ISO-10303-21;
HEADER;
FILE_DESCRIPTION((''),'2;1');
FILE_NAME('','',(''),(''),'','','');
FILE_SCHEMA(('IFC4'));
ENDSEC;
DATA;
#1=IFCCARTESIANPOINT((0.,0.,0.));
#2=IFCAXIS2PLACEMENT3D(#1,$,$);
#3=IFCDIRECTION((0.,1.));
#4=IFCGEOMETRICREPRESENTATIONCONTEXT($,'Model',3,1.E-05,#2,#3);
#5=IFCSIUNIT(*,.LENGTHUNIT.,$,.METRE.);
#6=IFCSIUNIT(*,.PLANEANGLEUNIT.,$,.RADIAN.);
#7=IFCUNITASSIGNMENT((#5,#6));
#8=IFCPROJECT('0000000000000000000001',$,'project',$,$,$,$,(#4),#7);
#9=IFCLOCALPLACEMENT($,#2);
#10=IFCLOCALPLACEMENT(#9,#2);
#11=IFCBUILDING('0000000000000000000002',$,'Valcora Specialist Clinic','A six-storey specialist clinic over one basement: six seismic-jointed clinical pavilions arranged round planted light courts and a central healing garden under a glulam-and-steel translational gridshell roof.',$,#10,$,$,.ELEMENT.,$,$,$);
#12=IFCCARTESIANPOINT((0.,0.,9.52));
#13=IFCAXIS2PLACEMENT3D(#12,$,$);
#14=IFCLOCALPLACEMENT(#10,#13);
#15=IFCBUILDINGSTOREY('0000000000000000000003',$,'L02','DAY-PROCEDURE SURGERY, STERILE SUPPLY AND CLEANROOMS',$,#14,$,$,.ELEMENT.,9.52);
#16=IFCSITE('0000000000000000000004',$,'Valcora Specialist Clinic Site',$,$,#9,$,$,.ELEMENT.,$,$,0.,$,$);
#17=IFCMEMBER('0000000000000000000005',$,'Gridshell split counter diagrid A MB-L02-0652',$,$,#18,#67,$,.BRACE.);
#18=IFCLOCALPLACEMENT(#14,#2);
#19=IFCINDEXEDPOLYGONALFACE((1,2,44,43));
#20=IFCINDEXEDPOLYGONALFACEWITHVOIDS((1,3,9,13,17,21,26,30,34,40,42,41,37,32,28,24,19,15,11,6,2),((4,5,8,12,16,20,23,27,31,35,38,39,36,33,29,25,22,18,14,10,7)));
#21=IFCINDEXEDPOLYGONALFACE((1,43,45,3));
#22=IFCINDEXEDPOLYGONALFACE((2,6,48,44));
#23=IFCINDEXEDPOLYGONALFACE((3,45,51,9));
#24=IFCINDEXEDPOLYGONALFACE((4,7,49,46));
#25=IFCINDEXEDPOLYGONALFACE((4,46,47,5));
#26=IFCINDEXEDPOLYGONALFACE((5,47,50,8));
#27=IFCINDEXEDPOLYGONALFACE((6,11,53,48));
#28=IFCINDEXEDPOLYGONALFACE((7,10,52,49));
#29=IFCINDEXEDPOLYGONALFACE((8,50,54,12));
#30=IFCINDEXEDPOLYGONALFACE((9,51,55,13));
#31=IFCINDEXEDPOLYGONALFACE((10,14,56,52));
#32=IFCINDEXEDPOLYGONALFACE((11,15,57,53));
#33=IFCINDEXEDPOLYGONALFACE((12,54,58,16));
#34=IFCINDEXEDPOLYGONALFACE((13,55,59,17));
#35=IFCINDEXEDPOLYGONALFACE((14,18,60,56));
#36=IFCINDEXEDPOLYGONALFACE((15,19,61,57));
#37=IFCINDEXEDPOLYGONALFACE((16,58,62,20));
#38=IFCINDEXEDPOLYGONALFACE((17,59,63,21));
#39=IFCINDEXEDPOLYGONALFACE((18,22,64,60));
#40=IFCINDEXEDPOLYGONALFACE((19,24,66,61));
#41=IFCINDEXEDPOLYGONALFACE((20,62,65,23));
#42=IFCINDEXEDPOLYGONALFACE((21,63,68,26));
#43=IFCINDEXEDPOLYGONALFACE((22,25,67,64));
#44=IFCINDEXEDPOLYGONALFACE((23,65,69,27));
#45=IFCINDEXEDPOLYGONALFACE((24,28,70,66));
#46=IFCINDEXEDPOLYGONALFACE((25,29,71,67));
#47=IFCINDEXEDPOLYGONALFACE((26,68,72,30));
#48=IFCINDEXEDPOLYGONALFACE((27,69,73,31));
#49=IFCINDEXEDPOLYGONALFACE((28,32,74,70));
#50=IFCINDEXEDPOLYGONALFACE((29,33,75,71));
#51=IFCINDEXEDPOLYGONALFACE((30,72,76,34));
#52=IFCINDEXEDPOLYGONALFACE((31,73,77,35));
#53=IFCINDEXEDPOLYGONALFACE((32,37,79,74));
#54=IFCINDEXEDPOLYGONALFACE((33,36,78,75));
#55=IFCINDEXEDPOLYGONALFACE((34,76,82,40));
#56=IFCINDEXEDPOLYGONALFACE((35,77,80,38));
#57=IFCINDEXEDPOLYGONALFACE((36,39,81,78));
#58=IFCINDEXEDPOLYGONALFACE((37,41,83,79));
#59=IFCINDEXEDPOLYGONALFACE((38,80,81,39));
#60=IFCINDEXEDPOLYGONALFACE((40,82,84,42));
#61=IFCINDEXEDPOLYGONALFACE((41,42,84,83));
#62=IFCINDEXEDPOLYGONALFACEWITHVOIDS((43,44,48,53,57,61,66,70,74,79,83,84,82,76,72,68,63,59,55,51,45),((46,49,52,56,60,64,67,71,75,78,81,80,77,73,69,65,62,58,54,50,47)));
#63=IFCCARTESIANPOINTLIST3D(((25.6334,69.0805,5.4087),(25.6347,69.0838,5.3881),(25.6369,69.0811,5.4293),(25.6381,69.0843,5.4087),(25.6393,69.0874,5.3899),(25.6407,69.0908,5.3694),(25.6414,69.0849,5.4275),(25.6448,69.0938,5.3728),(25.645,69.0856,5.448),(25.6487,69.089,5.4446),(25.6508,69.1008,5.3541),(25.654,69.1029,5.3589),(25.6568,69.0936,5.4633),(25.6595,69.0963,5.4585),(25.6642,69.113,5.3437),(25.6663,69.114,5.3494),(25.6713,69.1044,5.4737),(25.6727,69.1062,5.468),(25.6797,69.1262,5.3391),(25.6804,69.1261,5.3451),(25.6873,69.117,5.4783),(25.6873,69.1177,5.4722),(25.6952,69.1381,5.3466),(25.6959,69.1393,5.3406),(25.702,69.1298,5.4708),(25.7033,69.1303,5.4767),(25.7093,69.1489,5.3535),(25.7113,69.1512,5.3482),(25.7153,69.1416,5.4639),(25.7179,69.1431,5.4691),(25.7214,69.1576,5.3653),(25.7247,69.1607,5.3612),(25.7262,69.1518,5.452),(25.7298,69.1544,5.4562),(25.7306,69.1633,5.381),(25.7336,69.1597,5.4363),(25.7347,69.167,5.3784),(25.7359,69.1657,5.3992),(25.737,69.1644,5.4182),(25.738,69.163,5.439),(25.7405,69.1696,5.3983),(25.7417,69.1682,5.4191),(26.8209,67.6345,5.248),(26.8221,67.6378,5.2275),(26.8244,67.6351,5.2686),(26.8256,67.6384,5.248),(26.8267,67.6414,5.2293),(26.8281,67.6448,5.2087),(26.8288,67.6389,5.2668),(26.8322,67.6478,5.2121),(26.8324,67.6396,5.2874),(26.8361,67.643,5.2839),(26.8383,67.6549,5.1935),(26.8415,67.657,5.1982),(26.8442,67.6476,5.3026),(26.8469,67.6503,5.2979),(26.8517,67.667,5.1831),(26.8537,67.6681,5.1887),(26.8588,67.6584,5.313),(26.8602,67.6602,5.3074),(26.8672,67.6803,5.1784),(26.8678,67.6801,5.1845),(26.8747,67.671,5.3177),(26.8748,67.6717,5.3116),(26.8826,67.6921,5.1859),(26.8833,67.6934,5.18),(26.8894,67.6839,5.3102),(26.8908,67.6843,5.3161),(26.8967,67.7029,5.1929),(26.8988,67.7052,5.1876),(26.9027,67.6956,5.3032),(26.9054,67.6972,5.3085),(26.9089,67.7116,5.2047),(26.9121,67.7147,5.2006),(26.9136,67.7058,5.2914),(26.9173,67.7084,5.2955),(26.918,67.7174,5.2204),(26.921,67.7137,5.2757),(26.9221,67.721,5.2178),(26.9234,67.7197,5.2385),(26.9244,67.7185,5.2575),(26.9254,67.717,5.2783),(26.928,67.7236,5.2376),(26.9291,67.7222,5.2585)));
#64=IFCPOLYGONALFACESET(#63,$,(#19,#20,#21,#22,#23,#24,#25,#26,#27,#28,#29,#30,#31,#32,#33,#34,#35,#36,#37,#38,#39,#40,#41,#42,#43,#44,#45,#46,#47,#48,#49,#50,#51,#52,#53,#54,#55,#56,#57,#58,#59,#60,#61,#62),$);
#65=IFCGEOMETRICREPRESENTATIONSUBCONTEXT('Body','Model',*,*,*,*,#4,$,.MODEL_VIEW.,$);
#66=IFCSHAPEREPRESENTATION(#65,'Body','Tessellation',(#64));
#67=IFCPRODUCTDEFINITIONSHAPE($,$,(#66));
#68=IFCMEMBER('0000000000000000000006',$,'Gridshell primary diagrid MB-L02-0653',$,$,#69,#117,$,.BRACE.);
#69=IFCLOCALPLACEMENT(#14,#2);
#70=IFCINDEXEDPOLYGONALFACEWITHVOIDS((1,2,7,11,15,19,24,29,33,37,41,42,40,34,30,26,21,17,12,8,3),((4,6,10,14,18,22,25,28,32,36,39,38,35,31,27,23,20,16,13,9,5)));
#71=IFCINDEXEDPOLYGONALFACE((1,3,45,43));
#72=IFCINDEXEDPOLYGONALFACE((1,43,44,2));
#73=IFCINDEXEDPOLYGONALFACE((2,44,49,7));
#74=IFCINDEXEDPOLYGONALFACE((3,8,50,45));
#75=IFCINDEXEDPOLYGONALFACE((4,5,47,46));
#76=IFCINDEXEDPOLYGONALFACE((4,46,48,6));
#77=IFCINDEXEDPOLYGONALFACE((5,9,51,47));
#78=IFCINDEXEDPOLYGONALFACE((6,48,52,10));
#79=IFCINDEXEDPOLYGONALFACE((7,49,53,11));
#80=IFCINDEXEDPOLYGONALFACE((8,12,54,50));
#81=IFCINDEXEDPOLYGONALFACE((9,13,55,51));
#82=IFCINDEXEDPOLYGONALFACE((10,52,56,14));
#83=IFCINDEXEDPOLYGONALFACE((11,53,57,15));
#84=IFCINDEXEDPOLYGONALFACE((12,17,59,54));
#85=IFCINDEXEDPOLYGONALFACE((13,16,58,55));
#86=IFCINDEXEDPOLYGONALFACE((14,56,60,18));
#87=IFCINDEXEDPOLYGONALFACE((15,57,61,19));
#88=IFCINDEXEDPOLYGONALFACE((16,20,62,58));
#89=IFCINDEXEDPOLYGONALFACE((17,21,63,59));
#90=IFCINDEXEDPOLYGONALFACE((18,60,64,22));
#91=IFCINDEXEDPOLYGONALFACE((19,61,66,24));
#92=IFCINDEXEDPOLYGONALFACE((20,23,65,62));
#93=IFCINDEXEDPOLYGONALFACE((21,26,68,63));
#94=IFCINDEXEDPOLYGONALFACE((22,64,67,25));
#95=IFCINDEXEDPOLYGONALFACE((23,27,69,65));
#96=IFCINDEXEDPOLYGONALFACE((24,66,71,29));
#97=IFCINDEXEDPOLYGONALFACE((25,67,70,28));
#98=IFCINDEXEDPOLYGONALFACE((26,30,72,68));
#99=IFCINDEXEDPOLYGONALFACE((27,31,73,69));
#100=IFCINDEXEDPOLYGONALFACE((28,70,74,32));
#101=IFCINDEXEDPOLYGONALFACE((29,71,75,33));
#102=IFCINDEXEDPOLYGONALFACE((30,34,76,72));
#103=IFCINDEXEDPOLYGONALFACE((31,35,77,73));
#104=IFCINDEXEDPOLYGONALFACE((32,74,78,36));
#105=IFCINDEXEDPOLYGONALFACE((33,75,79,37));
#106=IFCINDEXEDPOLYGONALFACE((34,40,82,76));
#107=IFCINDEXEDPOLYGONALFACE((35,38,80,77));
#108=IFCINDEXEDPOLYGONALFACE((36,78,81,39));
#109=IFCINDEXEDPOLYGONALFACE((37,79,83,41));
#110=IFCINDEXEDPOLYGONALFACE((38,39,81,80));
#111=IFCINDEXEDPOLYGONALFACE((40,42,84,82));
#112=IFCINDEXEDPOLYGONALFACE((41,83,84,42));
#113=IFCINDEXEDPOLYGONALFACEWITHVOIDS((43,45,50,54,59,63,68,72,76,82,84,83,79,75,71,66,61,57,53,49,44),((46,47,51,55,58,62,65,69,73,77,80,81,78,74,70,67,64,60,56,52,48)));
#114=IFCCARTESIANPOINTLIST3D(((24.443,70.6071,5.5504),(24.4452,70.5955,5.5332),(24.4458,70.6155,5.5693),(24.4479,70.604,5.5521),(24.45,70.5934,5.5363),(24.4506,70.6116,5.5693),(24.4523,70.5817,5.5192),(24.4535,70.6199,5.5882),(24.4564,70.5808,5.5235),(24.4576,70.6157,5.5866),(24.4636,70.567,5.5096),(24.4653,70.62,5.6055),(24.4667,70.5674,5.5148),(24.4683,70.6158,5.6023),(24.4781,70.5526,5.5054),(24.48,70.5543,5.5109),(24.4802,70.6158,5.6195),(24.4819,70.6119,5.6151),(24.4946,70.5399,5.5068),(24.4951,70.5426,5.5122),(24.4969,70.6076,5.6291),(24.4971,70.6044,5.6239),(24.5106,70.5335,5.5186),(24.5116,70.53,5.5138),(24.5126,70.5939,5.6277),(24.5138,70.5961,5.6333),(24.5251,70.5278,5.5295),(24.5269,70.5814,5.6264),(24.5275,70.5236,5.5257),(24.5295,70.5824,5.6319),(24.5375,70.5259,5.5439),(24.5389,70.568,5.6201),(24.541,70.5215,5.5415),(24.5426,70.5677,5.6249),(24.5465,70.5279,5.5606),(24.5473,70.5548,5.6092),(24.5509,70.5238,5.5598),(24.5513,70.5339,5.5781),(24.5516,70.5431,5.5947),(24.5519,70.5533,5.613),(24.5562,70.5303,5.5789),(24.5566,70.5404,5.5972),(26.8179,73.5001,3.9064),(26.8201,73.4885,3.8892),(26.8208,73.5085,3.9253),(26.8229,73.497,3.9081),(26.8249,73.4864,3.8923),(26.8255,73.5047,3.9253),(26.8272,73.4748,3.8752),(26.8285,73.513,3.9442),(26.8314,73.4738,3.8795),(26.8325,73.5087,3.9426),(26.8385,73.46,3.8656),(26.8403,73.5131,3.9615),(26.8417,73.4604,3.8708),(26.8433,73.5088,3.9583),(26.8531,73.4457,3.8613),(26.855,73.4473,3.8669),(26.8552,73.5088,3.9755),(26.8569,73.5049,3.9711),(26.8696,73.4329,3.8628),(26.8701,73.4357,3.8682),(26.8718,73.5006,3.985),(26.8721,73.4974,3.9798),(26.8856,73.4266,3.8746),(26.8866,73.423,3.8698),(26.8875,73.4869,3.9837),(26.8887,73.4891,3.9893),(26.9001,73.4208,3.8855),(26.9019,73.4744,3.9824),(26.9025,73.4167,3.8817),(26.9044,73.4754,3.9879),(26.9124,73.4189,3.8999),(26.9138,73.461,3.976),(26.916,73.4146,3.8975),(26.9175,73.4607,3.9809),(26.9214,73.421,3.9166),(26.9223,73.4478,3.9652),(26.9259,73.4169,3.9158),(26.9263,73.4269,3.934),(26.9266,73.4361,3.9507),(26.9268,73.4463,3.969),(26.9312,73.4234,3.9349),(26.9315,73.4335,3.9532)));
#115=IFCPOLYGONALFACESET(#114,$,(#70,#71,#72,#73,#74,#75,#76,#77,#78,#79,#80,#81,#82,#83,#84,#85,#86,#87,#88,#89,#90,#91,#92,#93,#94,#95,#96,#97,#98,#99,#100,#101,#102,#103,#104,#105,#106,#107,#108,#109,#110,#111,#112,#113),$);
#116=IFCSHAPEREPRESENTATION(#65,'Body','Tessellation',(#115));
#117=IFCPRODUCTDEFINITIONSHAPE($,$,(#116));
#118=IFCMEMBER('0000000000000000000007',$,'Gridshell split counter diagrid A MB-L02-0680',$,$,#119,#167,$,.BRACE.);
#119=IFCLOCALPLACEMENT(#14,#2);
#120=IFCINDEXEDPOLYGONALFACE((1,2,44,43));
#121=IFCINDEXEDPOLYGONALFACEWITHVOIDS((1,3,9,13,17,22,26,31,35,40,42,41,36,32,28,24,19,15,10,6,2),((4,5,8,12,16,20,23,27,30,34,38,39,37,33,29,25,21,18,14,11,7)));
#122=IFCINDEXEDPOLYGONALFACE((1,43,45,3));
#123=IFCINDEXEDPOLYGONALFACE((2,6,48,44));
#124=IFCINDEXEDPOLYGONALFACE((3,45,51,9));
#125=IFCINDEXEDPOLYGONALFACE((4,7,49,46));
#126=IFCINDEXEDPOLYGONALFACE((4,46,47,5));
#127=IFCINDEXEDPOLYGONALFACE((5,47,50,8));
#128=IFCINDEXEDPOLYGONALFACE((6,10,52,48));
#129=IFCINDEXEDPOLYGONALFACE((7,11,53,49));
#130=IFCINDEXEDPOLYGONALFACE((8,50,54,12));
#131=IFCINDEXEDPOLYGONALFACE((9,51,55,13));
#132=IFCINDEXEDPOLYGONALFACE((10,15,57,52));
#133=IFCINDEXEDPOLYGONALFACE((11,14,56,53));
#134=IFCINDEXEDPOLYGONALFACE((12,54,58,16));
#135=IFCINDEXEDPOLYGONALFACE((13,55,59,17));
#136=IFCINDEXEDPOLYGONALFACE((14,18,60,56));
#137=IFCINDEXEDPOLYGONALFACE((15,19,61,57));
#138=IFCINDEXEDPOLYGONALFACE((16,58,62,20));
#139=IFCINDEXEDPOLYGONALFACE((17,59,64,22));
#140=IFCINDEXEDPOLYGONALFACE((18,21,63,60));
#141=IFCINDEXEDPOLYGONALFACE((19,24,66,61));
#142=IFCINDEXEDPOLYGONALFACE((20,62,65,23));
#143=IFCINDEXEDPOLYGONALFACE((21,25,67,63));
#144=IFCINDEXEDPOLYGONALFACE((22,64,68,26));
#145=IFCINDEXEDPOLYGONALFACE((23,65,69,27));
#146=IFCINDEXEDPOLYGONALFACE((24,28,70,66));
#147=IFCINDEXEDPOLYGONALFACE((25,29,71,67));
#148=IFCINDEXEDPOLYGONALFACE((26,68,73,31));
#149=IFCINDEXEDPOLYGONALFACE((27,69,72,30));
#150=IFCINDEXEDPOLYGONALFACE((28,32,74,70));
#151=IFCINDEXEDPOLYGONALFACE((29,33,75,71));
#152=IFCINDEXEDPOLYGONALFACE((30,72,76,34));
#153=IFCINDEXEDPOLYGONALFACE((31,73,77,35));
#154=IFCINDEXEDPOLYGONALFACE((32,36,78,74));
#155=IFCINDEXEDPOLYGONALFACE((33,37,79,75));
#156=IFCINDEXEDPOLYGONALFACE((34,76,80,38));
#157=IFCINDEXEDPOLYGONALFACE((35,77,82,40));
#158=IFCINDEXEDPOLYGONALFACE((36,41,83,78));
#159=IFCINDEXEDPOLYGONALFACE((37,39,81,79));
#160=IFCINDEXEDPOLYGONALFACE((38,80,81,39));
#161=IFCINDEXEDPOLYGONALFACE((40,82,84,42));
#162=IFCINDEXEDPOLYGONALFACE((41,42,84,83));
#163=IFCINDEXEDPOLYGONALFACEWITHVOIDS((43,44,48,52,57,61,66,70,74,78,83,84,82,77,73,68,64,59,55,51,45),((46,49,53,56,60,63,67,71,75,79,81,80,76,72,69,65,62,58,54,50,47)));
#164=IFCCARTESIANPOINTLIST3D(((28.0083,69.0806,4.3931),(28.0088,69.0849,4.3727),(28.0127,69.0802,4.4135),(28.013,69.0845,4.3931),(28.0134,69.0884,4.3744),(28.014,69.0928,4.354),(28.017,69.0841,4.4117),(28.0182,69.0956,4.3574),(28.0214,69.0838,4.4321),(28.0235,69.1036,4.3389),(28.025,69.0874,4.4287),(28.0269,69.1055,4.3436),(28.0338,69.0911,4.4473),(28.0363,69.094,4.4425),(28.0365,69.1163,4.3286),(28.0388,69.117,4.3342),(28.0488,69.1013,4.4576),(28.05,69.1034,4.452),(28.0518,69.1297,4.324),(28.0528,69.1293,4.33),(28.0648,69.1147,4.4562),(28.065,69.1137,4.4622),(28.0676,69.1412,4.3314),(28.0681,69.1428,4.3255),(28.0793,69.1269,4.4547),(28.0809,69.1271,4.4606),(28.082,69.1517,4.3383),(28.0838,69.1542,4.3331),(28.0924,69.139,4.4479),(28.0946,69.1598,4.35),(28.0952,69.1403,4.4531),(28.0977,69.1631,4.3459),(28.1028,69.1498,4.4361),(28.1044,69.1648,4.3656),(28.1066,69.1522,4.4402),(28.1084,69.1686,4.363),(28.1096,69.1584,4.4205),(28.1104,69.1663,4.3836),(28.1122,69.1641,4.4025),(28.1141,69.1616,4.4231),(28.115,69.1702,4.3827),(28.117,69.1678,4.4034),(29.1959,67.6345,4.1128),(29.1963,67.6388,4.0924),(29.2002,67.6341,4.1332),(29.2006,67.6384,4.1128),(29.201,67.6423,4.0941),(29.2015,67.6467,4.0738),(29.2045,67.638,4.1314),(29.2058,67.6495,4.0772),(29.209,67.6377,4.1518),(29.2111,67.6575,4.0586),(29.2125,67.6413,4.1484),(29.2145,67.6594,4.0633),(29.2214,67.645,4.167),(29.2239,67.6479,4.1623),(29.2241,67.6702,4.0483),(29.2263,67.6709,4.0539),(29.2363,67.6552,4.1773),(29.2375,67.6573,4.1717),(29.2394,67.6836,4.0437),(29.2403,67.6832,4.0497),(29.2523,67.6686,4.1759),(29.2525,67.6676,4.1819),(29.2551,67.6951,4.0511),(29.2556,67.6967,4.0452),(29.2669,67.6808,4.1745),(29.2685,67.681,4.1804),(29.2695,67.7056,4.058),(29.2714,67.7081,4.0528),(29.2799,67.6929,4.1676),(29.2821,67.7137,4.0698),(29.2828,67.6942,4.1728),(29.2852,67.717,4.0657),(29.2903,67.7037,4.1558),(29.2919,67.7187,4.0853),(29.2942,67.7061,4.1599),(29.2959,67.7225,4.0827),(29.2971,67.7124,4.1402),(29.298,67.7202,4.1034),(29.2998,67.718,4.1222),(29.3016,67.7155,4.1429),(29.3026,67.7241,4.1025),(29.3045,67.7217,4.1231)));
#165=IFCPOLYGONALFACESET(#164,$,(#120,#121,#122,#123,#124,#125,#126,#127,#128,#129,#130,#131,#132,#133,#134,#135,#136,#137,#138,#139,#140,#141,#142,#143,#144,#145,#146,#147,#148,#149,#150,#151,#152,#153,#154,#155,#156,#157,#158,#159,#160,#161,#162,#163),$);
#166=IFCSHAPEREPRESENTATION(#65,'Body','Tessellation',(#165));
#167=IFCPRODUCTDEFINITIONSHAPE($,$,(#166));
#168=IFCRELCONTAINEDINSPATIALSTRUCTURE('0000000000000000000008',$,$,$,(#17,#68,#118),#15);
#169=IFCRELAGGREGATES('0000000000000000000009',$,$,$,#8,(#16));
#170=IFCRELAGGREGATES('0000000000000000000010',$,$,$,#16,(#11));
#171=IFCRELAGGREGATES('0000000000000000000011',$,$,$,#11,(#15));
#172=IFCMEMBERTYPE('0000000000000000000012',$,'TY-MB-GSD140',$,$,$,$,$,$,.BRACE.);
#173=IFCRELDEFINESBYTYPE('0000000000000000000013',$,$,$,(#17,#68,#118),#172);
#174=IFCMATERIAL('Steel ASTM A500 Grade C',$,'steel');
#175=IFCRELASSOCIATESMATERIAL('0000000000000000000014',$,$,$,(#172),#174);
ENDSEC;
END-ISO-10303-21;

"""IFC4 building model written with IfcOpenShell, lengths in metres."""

from ifc_helpers import new_model, si_unit, direction, frame, origin, origin_2d, place, context, subcontext, project, spatial, hollow_circle, extrude, material, material_profile, profile_set, type_object, element, save


model = new_model("IFC4")

# Units and contexts
model_context = context("Model", 3, precision=1e-05, world=origin(), true_north=direction((0.0, 1.0)))
body_context = subcontext(model_context, "Body", "Model", "MODEL_VIEW")
ifc_project = project(units=[si_unit("LENGTHUNIT", "METRE"), si_unit("PLANEANGLEUNIT", "RADIAN")], contexts=[model_context])

# Site, building, storey
site_placement = place(None, origin())
site = spatial("IfcSite", under=ifc_project, at=site_placement, Name="Valcora Specialist Clinic Site", CompositionType="ELEMENT", RefElevation=0.0)
building_placement = place(site_placement, origin())
building = spatial("IfcBuilding", under=site, at=building_placement, Name="Valcora Specialist Clinic", Description="A six-storey specialist clinic over one basement: six seismic-jointed clinical pavilions arranged round planted light courts and a central healing garden under a glulam-and-steel translational gridshell roof.", CompositionType="ELEMENT")
storey_placement = place(building_placement, frame((0.0, 0.0, 9.52)))
storey = spatial("IfcBuildingStorey", under=building, at=storey_placement, Name="L02", Description="DAY-PROCEDURE SURGERY, STERILE SUPPLY AND CLEANROOMS", CompositionType="ELEMENT", Elevation=9.52)

# Members
ifc_material_1 = material(Name="Steel ASTM A500 Grade C", Category="steel")
ifc_material_profile_1 = material_profile(ifc_material_1, hollow_circle(Radius=0.0701, WallThickness=0.0061, at=origin_2d()), Name="ST-CHS-140X6")
ifc_profile_set_1 = profile_set([ifc_material_profile_1], Name="Steel ASTM A500 Grade C")
member_type_1 = type_object("IfcMemberType", Name="TY-MB-GSD140", PredefinedType="BRACE", material=ifc_profile_set_1)
member_1_placement = place(storey_placement, frame((26.875, 67.679, 5.248), z_axis=(-0.63231, 0.769978, 0.085539), x_axis=(-0.772811, -0.634636, 0.0)))
element("IfcMember", 1, at=member_1_placement, inside=storey, type_object=member_type_1, Name="Gridshell split counter diagrid A MB-L02-0652", PredefinedType="BRACE", context=body_context, shape_type="SweptSolid", body=[
    extrude(hollow_circle(Radius=0.0701, WallThickness=0.0061, at=origin_2d()), origin(), (0.0, 0.0, 1.0), 1.8779),
])
member_2_placement = place(storey_placement, frame((24.5, 70.571, 5.5693), z_axis=(0.580941, 0.707664, -0.402144), x_axis=(-0.772916, 0.634508, 0.0)))
element("IfcMember", 2, at=member_2_placement, inside=storey, type_object=member_type_1, Name="Gridshell primary diagrid MB-L02-0653", PredefinedType="BRACE", context=body_context, shape_type="SweptSolid", body=[
    extrude(hollow_circle(Radius=0.0701, WallThickness=0.0061, at=origin_2d()), origin(), (0.0, 0.0, 1.0), 4.0881),
])
member_3_placement = place(storey_placement, frame((29.25, 67.679, 4.1128), z_axis=(-0.627635, 0.764285, 0.148134), x_axis=(-0.772811, -0.634636, 0.0)))
element("IfcMember", 3, at=member_3_placement, inside=storey, type_object=member_type_1, Name="Gridshell split counter diagrid A MB-L02-0680", PredefinedType="BRACE", context=body_context, shape_type="SweptSolid", body=[
    extrude(hollow_circle(Radius=0.0701, WallThickness=0.0061, at=origin_2d()), origin(), (0.0, 0.0, 1.0), 1.8921),
])

save(model, "model.ifc")
